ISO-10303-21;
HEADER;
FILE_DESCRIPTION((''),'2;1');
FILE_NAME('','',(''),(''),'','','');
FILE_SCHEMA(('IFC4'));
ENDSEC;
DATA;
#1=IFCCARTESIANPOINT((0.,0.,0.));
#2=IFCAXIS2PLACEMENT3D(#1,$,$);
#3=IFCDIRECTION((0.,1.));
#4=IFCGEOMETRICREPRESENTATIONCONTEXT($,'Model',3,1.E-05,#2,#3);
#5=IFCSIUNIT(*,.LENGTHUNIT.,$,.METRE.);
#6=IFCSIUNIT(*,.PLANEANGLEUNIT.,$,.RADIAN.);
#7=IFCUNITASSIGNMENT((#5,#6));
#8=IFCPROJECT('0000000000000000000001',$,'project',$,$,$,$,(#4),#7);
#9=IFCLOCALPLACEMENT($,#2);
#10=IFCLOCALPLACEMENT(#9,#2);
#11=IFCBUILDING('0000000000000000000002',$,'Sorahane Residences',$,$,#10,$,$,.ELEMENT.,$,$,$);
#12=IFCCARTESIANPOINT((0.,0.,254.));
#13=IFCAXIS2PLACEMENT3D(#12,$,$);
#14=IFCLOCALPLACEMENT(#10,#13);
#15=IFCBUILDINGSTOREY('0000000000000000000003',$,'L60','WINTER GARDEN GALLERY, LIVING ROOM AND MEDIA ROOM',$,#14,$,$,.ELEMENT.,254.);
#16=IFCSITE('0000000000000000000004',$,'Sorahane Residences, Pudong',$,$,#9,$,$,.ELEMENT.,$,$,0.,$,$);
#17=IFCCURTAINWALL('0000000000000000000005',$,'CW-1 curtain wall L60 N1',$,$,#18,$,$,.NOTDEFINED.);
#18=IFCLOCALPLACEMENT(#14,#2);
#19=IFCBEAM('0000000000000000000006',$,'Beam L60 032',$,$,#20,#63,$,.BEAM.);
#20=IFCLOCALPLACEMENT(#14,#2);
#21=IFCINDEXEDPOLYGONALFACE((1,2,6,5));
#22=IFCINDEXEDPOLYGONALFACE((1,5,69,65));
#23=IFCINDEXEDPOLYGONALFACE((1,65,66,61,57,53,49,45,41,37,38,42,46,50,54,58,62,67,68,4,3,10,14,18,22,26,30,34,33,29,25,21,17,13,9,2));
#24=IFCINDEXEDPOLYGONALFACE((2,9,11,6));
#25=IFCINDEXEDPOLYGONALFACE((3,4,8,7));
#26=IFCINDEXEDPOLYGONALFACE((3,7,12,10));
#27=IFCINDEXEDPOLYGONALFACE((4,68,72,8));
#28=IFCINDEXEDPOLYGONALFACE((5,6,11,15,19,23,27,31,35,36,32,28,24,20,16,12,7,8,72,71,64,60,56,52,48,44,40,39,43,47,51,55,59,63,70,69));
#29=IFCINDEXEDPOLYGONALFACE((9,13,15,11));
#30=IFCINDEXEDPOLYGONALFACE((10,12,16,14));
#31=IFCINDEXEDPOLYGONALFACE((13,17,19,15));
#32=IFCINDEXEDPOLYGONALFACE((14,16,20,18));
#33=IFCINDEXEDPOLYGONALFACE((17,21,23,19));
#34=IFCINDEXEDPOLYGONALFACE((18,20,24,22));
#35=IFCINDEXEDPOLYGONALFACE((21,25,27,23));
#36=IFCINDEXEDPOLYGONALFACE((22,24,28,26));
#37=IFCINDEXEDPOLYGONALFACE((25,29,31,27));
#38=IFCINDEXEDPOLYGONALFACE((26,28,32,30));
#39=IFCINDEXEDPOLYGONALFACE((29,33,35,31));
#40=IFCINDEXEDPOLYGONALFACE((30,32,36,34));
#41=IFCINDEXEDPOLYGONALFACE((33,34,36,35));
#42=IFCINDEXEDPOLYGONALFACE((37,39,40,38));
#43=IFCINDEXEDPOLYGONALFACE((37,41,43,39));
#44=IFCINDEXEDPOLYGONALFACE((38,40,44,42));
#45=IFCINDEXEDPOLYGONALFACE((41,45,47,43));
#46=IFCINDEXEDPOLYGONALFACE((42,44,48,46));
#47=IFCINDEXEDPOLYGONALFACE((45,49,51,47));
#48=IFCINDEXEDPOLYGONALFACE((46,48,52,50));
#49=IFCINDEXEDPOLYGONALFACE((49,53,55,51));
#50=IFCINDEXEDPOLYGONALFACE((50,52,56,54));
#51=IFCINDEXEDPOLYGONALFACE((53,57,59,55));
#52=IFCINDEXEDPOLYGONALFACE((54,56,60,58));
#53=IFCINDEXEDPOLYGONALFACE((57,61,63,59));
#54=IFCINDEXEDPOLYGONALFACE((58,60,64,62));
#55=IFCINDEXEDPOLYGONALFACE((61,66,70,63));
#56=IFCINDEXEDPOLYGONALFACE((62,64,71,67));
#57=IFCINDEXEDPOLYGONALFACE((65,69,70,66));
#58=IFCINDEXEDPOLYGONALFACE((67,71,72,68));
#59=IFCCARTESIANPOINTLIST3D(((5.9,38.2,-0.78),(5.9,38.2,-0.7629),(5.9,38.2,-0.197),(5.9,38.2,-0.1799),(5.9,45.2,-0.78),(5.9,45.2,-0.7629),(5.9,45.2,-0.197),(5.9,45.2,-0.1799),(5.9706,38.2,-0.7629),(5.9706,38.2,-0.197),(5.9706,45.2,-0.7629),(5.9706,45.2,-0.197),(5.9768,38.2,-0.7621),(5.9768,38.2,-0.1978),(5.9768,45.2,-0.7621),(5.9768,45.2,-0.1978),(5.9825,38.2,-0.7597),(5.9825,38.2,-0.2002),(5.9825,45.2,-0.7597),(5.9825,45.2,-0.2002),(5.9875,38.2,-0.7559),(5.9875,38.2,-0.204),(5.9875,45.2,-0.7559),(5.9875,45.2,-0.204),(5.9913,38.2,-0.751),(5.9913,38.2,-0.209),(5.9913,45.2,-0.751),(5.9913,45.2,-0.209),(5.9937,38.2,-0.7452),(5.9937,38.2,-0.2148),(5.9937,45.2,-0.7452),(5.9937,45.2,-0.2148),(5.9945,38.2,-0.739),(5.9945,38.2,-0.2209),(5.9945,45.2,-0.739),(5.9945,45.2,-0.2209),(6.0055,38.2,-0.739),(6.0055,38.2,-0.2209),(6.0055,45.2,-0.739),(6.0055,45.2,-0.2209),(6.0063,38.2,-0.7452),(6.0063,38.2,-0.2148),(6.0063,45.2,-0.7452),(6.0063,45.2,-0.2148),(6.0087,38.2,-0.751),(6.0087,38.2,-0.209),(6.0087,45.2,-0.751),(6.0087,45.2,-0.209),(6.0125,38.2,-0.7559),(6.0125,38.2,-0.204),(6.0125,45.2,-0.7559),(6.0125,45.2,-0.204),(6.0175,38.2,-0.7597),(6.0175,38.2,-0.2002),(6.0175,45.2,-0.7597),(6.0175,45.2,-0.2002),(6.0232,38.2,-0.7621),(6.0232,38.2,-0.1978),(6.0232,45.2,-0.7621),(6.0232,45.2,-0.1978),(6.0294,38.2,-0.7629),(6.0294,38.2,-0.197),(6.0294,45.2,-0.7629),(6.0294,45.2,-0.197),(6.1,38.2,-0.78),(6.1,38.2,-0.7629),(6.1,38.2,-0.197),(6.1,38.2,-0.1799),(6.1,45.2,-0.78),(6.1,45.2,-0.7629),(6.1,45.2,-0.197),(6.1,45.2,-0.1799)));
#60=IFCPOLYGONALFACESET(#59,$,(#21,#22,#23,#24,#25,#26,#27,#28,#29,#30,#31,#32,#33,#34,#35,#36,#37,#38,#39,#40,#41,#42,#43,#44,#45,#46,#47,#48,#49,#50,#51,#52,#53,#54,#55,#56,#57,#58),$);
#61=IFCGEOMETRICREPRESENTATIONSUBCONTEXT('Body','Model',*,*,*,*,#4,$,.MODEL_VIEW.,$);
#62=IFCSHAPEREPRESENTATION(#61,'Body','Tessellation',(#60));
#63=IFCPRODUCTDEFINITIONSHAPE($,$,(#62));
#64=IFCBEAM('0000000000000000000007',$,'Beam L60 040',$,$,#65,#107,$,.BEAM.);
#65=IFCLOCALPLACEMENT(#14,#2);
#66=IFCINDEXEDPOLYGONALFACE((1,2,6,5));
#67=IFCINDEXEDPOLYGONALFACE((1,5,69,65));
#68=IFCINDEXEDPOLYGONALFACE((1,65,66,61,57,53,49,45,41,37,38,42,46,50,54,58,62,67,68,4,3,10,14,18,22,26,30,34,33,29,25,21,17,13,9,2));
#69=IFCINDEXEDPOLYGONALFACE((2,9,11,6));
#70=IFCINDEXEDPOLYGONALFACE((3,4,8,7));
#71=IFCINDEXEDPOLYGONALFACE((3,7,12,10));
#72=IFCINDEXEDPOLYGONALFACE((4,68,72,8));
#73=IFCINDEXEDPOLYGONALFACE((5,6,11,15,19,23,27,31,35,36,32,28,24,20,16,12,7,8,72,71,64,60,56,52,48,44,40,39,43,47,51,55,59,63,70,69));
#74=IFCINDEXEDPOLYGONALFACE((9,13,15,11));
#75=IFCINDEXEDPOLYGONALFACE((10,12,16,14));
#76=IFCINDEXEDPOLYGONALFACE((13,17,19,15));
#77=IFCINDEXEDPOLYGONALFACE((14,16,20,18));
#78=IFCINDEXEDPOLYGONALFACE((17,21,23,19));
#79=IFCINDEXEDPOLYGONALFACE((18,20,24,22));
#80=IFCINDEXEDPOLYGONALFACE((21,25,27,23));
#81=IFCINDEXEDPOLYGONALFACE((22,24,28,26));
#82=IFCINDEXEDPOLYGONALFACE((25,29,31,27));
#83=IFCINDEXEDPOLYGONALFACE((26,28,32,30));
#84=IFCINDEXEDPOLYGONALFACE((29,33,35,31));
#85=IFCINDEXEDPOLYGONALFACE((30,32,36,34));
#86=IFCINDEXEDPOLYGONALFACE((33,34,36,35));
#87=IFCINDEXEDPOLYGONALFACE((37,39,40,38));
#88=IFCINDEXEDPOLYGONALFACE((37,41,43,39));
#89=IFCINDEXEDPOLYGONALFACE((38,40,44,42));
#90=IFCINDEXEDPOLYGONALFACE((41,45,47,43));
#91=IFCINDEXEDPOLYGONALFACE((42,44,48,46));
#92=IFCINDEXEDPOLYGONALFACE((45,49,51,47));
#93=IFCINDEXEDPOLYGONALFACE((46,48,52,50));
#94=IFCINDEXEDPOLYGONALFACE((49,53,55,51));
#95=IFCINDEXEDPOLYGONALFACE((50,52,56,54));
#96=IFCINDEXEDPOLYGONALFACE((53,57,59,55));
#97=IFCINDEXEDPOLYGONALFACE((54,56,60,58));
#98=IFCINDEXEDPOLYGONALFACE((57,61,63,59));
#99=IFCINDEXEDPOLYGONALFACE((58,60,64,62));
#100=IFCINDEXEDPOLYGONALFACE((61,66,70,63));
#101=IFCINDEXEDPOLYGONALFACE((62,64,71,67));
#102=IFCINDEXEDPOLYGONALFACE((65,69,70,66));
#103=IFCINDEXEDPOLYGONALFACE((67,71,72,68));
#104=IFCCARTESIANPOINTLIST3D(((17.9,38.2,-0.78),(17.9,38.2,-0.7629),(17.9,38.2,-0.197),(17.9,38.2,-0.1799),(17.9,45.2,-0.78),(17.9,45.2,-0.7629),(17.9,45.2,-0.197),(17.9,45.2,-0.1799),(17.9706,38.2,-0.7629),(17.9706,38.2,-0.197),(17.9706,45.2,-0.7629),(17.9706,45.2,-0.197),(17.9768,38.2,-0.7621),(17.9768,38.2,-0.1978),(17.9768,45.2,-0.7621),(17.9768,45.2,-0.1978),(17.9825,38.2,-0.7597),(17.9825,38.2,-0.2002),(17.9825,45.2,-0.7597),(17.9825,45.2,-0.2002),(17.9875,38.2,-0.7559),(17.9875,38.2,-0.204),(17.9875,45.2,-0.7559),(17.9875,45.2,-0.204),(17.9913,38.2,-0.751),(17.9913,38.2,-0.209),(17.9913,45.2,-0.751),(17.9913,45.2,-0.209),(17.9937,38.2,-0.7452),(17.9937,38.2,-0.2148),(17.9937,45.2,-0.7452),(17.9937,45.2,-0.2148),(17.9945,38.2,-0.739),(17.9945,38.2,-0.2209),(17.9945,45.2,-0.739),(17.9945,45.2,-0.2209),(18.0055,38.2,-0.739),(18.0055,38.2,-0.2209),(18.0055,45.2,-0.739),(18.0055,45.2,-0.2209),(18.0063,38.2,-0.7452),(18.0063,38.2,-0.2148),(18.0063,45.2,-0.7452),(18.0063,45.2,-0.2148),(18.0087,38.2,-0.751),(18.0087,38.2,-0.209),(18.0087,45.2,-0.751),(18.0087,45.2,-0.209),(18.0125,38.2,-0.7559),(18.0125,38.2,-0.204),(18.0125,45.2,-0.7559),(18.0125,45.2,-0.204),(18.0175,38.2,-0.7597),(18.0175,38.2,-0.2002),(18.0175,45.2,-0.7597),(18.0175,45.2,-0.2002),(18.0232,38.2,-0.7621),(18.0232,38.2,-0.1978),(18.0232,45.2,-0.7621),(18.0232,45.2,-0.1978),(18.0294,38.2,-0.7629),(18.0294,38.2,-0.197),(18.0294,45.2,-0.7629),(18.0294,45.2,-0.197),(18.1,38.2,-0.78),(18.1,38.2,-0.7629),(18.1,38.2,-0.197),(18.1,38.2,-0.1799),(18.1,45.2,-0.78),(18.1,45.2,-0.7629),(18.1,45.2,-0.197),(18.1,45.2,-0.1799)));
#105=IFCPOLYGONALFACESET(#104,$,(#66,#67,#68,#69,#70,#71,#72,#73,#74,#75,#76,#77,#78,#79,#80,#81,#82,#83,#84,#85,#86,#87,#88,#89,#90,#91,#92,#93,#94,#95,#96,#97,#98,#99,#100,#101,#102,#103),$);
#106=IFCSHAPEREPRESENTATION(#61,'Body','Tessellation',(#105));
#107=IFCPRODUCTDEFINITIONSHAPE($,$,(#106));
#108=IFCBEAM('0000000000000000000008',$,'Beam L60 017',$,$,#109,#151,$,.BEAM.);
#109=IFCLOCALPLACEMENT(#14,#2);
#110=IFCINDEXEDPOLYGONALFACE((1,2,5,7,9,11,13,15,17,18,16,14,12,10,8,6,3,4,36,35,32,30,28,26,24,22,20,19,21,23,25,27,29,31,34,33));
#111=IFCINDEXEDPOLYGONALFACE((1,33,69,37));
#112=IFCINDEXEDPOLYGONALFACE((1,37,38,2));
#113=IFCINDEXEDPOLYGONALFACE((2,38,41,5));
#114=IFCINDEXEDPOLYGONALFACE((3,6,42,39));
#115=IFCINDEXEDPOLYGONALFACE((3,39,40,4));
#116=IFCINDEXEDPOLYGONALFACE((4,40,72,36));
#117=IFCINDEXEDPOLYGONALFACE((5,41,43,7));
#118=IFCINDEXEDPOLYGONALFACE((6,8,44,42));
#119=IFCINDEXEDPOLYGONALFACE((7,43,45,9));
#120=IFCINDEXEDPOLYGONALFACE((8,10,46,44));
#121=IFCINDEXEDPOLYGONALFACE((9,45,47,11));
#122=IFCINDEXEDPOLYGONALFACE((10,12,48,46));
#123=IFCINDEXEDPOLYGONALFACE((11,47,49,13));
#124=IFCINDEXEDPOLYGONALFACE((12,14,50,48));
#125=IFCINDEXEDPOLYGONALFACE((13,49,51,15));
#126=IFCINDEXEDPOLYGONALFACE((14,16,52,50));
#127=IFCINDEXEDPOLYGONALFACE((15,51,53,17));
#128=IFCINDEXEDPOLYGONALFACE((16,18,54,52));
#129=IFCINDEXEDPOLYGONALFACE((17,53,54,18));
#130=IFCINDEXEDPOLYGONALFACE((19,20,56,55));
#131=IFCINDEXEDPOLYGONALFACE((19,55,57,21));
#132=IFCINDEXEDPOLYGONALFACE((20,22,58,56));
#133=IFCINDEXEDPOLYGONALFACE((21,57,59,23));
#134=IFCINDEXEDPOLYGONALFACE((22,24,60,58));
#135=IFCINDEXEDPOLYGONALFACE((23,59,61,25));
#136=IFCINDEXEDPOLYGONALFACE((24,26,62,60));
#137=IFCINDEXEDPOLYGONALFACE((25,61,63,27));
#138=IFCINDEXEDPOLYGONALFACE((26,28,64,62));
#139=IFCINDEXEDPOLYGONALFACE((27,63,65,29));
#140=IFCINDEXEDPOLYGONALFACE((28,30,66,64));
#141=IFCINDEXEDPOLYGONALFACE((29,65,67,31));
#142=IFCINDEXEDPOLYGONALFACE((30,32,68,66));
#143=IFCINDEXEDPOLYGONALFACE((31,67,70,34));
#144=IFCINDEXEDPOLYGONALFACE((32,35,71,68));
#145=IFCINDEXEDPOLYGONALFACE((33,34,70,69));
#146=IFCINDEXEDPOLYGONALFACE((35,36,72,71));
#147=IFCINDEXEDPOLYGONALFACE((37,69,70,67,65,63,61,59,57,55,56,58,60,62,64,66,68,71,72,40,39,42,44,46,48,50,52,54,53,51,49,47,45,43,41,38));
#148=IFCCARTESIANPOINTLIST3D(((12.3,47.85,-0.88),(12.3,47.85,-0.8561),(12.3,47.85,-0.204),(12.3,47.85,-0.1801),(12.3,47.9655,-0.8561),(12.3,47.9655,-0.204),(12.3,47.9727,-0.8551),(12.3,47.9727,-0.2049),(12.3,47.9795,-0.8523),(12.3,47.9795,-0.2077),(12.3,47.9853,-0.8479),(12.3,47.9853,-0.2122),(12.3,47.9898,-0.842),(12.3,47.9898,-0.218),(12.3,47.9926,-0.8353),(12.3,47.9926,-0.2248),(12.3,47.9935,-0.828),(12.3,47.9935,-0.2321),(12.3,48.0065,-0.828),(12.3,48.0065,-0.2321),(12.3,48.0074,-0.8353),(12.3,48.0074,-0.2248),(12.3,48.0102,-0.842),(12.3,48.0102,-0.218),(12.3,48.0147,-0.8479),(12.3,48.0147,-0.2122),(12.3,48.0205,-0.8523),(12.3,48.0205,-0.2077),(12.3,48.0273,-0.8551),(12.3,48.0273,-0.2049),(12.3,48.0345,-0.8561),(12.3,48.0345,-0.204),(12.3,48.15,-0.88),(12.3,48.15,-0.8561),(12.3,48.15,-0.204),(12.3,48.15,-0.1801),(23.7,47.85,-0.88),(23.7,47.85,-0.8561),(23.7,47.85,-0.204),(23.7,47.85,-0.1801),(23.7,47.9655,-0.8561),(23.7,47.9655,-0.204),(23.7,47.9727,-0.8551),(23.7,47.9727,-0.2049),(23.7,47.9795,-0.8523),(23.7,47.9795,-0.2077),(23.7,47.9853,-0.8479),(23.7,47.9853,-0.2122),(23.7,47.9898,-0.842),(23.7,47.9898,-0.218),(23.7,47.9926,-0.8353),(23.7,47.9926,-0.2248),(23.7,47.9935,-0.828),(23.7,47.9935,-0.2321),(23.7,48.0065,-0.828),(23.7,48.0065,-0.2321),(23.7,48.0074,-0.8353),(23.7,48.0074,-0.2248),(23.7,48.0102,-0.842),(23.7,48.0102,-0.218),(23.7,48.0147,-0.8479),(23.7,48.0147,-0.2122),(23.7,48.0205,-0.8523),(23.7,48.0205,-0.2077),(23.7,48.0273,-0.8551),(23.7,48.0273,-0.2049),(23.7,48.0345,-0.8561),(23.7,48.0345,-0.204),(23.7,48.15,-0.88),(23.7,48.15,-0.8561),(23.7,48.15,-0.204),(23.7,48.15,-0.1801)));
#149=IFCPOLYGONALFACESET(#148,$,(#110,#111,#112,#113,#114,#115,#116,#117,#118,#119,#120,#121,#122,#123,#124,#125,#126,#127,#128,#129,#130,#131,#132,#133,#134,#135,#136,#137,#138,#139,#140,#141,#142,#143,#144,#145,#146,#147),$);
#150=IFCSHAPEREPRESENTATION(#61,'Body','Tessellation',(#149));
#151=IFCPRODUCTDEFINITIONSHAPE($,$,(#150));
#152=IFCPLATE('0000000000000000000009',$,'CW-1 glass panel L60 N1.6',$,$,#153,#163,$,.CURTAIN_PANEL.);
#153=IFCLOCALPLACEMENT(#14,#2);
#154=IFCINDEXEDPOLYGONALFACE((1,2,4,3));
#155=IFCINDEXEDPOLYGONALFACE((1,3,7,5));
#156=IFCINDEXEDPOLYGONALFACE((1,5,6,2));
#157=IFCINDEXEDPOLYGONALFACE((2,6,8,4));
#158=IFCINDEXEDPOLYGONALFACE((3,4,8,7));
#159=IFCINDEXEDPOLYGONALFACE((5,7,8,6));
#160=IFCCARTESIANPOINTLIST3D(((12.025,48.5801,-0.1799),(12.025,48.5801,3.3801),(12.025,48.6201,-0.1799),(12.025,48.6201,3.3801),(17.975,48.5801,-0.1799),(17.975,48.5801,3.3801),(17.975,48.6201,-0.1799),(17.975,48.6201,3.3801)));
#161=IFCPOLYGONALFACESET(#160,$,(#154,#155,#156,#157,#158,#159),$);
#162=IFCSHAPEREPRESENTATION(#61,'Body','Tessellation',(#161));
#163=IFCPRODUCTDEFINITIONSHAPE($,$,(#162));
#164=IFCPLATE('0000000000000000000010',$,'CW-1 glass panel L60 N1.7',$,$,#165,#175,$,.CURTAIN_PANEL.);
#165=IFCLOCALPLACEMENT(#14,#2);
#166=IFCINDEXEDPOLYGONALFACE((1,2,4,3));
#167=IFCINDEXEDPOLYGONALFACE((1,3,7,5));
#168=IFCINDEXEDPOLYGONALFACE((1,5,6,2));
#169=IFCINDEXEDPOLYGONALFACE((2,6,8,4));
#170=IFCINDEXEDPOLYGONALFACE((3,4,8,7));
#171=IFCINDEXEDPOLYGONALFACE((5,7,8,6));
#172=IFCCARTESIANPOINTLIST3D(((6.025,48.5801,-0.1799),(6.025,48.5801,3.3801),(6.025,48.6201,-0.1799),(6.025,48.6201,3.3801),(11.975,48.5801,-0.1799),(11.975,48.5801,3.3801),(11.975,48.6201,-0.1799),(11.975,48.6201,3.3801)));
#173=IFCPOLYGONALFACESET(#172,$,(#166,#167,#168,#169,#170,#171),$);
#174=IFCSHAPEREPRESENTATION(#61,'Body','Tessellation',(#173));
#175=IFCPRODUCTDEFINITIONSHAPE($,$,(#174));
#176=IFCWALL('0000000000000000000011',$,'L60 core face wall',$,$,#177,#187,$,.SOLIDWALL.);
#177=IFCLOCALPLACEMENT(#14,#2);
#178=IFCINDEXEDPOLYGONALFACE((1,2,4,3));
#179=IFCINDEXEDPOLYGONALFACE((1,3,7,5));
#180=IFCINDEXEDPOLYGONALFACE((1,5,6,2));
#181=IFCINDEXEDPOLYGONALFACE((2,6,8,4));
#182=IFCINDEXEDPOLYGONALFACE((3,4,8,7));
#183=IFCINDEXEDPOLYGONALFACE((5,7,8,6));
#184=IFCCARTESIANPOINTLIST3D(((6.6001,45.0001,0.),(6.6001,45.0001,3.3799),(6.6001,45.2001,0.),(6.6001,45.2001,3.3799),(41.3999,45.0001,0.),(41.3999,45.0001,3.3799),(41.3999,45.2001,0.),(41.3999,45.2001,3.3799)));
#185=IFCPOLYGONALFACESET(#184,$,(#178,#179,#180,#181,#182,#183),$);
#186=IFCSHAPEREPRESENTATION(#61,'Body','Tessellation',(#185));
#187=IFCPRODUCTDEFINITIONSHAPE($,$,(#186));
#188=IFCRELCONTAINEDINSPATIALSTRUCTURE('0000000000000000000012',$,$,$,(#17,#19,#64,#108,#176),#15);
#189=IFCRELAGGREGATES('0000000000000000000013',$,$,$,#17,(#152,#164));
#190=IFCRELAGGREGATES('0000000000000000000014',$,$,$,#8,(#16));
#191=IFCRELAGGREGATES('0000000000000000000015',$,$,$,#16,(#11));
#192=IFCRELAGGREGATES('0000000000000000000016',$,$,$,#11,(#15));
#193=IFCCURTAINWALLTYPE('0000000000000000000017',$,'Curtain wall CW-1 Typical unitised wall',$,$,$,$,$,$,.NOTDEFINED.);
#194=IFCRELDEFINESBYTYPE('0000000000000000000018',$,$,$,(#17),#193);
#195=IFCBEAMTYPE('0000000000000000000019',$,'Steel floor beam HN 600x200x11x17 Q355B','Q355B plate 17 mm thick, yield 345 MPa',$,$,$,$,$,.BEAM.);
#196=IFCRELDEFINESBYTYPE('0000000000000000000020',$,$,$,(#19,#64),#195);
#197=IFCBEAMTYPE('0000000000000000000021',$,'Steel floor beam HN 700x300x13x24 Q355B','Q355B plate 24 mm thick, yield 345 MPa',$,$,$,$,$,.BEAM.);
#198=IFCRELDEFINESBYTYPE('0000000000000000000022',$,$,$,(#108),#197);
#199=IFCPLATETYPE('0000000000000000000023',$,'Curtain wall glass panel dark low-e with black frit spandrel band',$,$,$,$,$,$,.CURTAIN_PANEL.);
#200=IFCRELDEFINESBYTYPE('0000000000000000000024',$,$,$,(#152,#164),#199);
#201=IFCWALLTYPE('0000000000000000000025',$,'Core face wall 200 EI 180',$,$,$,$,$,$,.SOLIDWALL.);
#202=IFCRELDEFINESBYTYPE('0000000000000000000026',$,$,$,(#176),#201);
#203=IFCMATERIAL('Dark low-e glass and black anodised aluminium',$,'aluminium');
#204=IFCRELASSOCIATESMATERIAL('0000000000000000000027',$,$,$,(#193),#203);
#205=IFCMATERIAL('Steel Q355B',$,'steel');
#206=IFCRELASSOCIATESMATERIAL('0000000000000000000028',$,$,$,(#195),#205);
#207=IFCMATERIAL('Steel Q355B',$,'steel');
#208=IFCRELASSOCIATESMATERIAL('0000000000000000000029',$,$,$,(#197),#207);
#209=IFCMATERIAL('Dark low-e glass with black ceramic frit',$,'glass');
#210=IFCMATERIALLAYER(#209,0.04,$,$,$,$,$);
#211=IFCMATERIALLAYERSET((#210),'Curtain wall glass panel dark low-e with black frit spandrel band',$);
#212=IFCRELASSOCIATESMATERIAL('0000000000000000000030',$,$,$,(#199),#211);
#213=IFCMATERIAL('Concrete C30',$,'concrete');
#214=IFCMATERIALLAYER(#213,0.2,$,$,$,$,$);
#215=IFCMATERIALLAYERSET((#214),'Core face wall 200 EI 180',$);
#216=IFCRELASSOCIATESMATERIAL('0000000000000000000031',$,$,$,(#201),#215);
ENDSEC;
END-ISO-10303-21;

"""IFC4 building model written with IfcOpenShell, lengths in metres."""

from ifc_helpers import new_model, si_unit, direction, frame, frame_2d, origin, origin_2d, place, context, subcontext, project, spatial, rectangle, i_section, extrude, material, layer, layer_set, material_profile, profile_set, type_object, element, aggregate, save


model = new_model("IFC4")

# Units and contexts
model_context = context("Model", 3, precision=1e-05, world=origin(), true_north=direction((0.0, 1.0)))
body_context = subcontext(model_context, "Body", "Model", "MODEL_VIEW")
ifc_project = project(units=[si_unit("LENGTHUNIT", "METRE"), si_unit("PLANEANGLEUNIT", "RADIAN")], contexts=[model_context])

# Site, building, storey
site_placement = place(None, origin())
site = spatial("IfcSite", under=ifc_project, at=site_placement, Name="Sorahane Residences, Pudong", CompositionType="ELEMENT", RefElevation=0.0)
building_placement = place(site_placement, origin())
building = spatial("IfcBuilding", under=site, at=building_placement, Name="Sorahane Residences", CompositionType="ELEMENT")
storey_placement = place(building_placement, frame((0.0, 0.0, 254.0)))
storey = spatial("IfcBuildingStorey", under=building, at=storey_placement, Name="L60", Description="WINTER GARDEN GALLERY, LIVING ROOM AND MEDIA ROOM", CompositionType="ELEMENT", Elevation=254.0)

# Curtain wall
ifc_material_1 = material(Name="Dark low-e glass and black anodised aluminium", Category="aluminium")
curtain_wall_type = type_object("IfcCurtainWallType", Name="Curtain wall CW-1 Typical unitised wall", PredefinedType="NOTDEFINED", material=ifc_material_1)
curtain_wall_placement = place(storey_placement, origin())
curtain_wall = element("IfcCurtainWall", 1, at=curtain_wall_placement, inside=storey, type_object=curtain_wall_type, Name="CW-1 curtain wall L60 N1", PredefinedType="NOTDEFINED")

# Beams
ifc_material_2 = material(Name="Steel Q355B", Category="steel")
ifc_material_profile_1 = material_profile(ifc_material_2, i_section(OverallWidth=0.2, OverallDepth=0.6001, WebThickness=0.011, FlangeThickness=0.0171, FilletRadius=0.0239, at=origin_2d()), Name="HN 600x200x11x17")
ifc_profile_set_1 = profile_set([ifc_material_profile_1], Name="Steel Q355B")
beam_type_1 = type_object("IfcBeamType", Name="Steel floor beam HN 600x200x11x17 Q355B", Description="Q355B plate 17 mm thick, yield 345 MPa", PredefinedType="BEAM", material=ifc_profile_set_1)
for number, where, z_axis, x_axis, name in (
    (2, (6.0, 38.2, -0.48), (0.0, 1.0, 0.0), (-1.0, 0.0, 0.0), "Beam L60 032"),
    (3, (18.0, 38.2, -0.48), (0.0, 1.0, 0.0), (-1.0, 0.0, 0.0), "Beam L60 040"),
):
    element("IfcBeam", number, at=place(storey_placement, frame(where, z_axis=z_axis, x_axis=x_axis)), inside=storey, type_object=beam_type_1, Name=name, PredefinedType="BEAM", context=body_context, shape_type="SweptSolid", body=[
        extrude(i_section(OverallWidth=0.2, OverallDepth=0.6001, WebThickness=0.011, FlangeThickness=0.0171, FilletRadius=0.0239, at=origin_2d()), origin(), (0.0, 0.0, 1.0), 7.0),
    ])
ifc_material_3 = material(Name="Steel Q355B", Category="steel")
ifc_material_profile_2 = material_profile(ifc_material_3, i_section(OverallWidth=0.3, OverallDepth=0.7, WebThickness=0.0129, FlangeThickness=0.0239, FilletRadius=0.0281, at=origin_2d()), Name="HN 700x300x13x24")
ifc_profile_set_2 = profile_set([ifc_material_profile_2], Name="Steel Q355B")
beam_type_2 = type_object("IfcBeamType", Name="Steel floor beam HN 700x300x13x24 Q355B", Description="Q355B plate 24 mm thick, yield 345 MPa", PredefinedType="BEAM", material=ifc_profile_set_2)
beam_1_placement = place(storey_placement, frame((12.3, 48.0, -0.53), z_axis=(1.0, 0.0, 0.0), x_axis=(0.0, 1.0, 0.0)))
element("IfcBeam", 4, at=beam_1_placement, inside=storey, type_object=beam_type_2, Name="Beam L60 017", PredefinedType="BEAM", context=body_context, shape_type="SweptSolid", body=[
    extrude(i_section(OverallWidth=0.3, OverallDepth=0.7, WebThickness=0.0129, FlangeThickness=0.0239, FilletRadius=0.0281, at=origin_2d()), origin(), (0.0, 0.0, 1.0), 11.3999),
])

# Plates
ifc_material_4 = material(Name="Dark low-e glass with black ceramic frit", Category="glass")
ifc_layer_1 = layer(ifc_material_4, 0.04)
ifc_layer_set_1 = layer_set([ifc_layer_1], Name="Curtain wall glass panel dark low-e with black frit spandrel band")
plate_type = type_object("IfcPlateType", Name="Curtain wall glass panel dark low-e with black frit spandrel band", PredefinedType="CURTAIN_PANEL", material=ifc_layer_set_1)
plate_1_placement = place(storey_placement, frame((15.0, 48.6001, -0.1799), z_axis=(0.0, 0.0, 1.0), x_axis=(-1.0, 0.0, 0.0)))
plate_1 = element("IfcPlate", 5, at=plate_1_placement, type_object=plate_type, Name="CW-1 glass panel L60 N1.6", PredefinedType="CURTAIN_PANEL", context=body_context, shape_type="SweptSolid", body=[
    extrude(rectangle(XDim=5.95, YDim=0.04, at=origin_2d()), origin(), (0.0, 0.0, 1.0), 3.5601),
])
plate_2_placement = place(storey_placement, frame((9.0, 48.6001, -0.1799), z_axis=(0.0, 0.0, 1.0), x_axis=(-1.0, 0.0, 0.0)))
plate_2 = element("IfcPlate", 6, at=plate_2_placement, type_object=plate_type, Name="CW-1 glass panel L60 N1.7", PredefinedType="CURTAIN_PANEL", context=body_context, shape_type="SweptSolid", body=[
    extrude(rectangle(XDim=5.95, YDim=0.04, at=origin_2d()), origin(), (0.0, 0.0, 1.0), 3.5601),
])
aggregate(curtain_wall, [plate_1, plate_2])

# Wall
ifc_material_5 = material(Name="Concrete C30", Category="concrete")
ifc_layer_2 = layer(ifc_material_5, 0.2)
ifc_layer_set_2 = layer_set([ifc_layer_2], Name="Core face wall 200 EI 180")
wall_type_1 = type_object("IfcWallType", Name="Core face wall 200 EI 180", PredefinedType="SOLIDWALL", material=ifc_layer_set_2)
wall_1_placement = place(storey_placement, frame((6.6001, 45.1001, 0.0), z_axis=(0.0, 0.0, 1.0), x_axis=(1.0, 0.0, 0.0)))
element("IfcWall", 7, at=wall_1_placement, inside=storey, type_object=wall_type_1, Name="L60 core face wall", PredefinedType="SOLIDWALL", context=body_context, shape_type="SweptSolid", body=[
    extrude(rectangle(XDim=34.7998, YDim=0.2, at=frame_2d((17.3999, 0.0))), origin(), (0.0, 0.0, 1.0), 3.3799),
])

save(model, "model.ifc")
